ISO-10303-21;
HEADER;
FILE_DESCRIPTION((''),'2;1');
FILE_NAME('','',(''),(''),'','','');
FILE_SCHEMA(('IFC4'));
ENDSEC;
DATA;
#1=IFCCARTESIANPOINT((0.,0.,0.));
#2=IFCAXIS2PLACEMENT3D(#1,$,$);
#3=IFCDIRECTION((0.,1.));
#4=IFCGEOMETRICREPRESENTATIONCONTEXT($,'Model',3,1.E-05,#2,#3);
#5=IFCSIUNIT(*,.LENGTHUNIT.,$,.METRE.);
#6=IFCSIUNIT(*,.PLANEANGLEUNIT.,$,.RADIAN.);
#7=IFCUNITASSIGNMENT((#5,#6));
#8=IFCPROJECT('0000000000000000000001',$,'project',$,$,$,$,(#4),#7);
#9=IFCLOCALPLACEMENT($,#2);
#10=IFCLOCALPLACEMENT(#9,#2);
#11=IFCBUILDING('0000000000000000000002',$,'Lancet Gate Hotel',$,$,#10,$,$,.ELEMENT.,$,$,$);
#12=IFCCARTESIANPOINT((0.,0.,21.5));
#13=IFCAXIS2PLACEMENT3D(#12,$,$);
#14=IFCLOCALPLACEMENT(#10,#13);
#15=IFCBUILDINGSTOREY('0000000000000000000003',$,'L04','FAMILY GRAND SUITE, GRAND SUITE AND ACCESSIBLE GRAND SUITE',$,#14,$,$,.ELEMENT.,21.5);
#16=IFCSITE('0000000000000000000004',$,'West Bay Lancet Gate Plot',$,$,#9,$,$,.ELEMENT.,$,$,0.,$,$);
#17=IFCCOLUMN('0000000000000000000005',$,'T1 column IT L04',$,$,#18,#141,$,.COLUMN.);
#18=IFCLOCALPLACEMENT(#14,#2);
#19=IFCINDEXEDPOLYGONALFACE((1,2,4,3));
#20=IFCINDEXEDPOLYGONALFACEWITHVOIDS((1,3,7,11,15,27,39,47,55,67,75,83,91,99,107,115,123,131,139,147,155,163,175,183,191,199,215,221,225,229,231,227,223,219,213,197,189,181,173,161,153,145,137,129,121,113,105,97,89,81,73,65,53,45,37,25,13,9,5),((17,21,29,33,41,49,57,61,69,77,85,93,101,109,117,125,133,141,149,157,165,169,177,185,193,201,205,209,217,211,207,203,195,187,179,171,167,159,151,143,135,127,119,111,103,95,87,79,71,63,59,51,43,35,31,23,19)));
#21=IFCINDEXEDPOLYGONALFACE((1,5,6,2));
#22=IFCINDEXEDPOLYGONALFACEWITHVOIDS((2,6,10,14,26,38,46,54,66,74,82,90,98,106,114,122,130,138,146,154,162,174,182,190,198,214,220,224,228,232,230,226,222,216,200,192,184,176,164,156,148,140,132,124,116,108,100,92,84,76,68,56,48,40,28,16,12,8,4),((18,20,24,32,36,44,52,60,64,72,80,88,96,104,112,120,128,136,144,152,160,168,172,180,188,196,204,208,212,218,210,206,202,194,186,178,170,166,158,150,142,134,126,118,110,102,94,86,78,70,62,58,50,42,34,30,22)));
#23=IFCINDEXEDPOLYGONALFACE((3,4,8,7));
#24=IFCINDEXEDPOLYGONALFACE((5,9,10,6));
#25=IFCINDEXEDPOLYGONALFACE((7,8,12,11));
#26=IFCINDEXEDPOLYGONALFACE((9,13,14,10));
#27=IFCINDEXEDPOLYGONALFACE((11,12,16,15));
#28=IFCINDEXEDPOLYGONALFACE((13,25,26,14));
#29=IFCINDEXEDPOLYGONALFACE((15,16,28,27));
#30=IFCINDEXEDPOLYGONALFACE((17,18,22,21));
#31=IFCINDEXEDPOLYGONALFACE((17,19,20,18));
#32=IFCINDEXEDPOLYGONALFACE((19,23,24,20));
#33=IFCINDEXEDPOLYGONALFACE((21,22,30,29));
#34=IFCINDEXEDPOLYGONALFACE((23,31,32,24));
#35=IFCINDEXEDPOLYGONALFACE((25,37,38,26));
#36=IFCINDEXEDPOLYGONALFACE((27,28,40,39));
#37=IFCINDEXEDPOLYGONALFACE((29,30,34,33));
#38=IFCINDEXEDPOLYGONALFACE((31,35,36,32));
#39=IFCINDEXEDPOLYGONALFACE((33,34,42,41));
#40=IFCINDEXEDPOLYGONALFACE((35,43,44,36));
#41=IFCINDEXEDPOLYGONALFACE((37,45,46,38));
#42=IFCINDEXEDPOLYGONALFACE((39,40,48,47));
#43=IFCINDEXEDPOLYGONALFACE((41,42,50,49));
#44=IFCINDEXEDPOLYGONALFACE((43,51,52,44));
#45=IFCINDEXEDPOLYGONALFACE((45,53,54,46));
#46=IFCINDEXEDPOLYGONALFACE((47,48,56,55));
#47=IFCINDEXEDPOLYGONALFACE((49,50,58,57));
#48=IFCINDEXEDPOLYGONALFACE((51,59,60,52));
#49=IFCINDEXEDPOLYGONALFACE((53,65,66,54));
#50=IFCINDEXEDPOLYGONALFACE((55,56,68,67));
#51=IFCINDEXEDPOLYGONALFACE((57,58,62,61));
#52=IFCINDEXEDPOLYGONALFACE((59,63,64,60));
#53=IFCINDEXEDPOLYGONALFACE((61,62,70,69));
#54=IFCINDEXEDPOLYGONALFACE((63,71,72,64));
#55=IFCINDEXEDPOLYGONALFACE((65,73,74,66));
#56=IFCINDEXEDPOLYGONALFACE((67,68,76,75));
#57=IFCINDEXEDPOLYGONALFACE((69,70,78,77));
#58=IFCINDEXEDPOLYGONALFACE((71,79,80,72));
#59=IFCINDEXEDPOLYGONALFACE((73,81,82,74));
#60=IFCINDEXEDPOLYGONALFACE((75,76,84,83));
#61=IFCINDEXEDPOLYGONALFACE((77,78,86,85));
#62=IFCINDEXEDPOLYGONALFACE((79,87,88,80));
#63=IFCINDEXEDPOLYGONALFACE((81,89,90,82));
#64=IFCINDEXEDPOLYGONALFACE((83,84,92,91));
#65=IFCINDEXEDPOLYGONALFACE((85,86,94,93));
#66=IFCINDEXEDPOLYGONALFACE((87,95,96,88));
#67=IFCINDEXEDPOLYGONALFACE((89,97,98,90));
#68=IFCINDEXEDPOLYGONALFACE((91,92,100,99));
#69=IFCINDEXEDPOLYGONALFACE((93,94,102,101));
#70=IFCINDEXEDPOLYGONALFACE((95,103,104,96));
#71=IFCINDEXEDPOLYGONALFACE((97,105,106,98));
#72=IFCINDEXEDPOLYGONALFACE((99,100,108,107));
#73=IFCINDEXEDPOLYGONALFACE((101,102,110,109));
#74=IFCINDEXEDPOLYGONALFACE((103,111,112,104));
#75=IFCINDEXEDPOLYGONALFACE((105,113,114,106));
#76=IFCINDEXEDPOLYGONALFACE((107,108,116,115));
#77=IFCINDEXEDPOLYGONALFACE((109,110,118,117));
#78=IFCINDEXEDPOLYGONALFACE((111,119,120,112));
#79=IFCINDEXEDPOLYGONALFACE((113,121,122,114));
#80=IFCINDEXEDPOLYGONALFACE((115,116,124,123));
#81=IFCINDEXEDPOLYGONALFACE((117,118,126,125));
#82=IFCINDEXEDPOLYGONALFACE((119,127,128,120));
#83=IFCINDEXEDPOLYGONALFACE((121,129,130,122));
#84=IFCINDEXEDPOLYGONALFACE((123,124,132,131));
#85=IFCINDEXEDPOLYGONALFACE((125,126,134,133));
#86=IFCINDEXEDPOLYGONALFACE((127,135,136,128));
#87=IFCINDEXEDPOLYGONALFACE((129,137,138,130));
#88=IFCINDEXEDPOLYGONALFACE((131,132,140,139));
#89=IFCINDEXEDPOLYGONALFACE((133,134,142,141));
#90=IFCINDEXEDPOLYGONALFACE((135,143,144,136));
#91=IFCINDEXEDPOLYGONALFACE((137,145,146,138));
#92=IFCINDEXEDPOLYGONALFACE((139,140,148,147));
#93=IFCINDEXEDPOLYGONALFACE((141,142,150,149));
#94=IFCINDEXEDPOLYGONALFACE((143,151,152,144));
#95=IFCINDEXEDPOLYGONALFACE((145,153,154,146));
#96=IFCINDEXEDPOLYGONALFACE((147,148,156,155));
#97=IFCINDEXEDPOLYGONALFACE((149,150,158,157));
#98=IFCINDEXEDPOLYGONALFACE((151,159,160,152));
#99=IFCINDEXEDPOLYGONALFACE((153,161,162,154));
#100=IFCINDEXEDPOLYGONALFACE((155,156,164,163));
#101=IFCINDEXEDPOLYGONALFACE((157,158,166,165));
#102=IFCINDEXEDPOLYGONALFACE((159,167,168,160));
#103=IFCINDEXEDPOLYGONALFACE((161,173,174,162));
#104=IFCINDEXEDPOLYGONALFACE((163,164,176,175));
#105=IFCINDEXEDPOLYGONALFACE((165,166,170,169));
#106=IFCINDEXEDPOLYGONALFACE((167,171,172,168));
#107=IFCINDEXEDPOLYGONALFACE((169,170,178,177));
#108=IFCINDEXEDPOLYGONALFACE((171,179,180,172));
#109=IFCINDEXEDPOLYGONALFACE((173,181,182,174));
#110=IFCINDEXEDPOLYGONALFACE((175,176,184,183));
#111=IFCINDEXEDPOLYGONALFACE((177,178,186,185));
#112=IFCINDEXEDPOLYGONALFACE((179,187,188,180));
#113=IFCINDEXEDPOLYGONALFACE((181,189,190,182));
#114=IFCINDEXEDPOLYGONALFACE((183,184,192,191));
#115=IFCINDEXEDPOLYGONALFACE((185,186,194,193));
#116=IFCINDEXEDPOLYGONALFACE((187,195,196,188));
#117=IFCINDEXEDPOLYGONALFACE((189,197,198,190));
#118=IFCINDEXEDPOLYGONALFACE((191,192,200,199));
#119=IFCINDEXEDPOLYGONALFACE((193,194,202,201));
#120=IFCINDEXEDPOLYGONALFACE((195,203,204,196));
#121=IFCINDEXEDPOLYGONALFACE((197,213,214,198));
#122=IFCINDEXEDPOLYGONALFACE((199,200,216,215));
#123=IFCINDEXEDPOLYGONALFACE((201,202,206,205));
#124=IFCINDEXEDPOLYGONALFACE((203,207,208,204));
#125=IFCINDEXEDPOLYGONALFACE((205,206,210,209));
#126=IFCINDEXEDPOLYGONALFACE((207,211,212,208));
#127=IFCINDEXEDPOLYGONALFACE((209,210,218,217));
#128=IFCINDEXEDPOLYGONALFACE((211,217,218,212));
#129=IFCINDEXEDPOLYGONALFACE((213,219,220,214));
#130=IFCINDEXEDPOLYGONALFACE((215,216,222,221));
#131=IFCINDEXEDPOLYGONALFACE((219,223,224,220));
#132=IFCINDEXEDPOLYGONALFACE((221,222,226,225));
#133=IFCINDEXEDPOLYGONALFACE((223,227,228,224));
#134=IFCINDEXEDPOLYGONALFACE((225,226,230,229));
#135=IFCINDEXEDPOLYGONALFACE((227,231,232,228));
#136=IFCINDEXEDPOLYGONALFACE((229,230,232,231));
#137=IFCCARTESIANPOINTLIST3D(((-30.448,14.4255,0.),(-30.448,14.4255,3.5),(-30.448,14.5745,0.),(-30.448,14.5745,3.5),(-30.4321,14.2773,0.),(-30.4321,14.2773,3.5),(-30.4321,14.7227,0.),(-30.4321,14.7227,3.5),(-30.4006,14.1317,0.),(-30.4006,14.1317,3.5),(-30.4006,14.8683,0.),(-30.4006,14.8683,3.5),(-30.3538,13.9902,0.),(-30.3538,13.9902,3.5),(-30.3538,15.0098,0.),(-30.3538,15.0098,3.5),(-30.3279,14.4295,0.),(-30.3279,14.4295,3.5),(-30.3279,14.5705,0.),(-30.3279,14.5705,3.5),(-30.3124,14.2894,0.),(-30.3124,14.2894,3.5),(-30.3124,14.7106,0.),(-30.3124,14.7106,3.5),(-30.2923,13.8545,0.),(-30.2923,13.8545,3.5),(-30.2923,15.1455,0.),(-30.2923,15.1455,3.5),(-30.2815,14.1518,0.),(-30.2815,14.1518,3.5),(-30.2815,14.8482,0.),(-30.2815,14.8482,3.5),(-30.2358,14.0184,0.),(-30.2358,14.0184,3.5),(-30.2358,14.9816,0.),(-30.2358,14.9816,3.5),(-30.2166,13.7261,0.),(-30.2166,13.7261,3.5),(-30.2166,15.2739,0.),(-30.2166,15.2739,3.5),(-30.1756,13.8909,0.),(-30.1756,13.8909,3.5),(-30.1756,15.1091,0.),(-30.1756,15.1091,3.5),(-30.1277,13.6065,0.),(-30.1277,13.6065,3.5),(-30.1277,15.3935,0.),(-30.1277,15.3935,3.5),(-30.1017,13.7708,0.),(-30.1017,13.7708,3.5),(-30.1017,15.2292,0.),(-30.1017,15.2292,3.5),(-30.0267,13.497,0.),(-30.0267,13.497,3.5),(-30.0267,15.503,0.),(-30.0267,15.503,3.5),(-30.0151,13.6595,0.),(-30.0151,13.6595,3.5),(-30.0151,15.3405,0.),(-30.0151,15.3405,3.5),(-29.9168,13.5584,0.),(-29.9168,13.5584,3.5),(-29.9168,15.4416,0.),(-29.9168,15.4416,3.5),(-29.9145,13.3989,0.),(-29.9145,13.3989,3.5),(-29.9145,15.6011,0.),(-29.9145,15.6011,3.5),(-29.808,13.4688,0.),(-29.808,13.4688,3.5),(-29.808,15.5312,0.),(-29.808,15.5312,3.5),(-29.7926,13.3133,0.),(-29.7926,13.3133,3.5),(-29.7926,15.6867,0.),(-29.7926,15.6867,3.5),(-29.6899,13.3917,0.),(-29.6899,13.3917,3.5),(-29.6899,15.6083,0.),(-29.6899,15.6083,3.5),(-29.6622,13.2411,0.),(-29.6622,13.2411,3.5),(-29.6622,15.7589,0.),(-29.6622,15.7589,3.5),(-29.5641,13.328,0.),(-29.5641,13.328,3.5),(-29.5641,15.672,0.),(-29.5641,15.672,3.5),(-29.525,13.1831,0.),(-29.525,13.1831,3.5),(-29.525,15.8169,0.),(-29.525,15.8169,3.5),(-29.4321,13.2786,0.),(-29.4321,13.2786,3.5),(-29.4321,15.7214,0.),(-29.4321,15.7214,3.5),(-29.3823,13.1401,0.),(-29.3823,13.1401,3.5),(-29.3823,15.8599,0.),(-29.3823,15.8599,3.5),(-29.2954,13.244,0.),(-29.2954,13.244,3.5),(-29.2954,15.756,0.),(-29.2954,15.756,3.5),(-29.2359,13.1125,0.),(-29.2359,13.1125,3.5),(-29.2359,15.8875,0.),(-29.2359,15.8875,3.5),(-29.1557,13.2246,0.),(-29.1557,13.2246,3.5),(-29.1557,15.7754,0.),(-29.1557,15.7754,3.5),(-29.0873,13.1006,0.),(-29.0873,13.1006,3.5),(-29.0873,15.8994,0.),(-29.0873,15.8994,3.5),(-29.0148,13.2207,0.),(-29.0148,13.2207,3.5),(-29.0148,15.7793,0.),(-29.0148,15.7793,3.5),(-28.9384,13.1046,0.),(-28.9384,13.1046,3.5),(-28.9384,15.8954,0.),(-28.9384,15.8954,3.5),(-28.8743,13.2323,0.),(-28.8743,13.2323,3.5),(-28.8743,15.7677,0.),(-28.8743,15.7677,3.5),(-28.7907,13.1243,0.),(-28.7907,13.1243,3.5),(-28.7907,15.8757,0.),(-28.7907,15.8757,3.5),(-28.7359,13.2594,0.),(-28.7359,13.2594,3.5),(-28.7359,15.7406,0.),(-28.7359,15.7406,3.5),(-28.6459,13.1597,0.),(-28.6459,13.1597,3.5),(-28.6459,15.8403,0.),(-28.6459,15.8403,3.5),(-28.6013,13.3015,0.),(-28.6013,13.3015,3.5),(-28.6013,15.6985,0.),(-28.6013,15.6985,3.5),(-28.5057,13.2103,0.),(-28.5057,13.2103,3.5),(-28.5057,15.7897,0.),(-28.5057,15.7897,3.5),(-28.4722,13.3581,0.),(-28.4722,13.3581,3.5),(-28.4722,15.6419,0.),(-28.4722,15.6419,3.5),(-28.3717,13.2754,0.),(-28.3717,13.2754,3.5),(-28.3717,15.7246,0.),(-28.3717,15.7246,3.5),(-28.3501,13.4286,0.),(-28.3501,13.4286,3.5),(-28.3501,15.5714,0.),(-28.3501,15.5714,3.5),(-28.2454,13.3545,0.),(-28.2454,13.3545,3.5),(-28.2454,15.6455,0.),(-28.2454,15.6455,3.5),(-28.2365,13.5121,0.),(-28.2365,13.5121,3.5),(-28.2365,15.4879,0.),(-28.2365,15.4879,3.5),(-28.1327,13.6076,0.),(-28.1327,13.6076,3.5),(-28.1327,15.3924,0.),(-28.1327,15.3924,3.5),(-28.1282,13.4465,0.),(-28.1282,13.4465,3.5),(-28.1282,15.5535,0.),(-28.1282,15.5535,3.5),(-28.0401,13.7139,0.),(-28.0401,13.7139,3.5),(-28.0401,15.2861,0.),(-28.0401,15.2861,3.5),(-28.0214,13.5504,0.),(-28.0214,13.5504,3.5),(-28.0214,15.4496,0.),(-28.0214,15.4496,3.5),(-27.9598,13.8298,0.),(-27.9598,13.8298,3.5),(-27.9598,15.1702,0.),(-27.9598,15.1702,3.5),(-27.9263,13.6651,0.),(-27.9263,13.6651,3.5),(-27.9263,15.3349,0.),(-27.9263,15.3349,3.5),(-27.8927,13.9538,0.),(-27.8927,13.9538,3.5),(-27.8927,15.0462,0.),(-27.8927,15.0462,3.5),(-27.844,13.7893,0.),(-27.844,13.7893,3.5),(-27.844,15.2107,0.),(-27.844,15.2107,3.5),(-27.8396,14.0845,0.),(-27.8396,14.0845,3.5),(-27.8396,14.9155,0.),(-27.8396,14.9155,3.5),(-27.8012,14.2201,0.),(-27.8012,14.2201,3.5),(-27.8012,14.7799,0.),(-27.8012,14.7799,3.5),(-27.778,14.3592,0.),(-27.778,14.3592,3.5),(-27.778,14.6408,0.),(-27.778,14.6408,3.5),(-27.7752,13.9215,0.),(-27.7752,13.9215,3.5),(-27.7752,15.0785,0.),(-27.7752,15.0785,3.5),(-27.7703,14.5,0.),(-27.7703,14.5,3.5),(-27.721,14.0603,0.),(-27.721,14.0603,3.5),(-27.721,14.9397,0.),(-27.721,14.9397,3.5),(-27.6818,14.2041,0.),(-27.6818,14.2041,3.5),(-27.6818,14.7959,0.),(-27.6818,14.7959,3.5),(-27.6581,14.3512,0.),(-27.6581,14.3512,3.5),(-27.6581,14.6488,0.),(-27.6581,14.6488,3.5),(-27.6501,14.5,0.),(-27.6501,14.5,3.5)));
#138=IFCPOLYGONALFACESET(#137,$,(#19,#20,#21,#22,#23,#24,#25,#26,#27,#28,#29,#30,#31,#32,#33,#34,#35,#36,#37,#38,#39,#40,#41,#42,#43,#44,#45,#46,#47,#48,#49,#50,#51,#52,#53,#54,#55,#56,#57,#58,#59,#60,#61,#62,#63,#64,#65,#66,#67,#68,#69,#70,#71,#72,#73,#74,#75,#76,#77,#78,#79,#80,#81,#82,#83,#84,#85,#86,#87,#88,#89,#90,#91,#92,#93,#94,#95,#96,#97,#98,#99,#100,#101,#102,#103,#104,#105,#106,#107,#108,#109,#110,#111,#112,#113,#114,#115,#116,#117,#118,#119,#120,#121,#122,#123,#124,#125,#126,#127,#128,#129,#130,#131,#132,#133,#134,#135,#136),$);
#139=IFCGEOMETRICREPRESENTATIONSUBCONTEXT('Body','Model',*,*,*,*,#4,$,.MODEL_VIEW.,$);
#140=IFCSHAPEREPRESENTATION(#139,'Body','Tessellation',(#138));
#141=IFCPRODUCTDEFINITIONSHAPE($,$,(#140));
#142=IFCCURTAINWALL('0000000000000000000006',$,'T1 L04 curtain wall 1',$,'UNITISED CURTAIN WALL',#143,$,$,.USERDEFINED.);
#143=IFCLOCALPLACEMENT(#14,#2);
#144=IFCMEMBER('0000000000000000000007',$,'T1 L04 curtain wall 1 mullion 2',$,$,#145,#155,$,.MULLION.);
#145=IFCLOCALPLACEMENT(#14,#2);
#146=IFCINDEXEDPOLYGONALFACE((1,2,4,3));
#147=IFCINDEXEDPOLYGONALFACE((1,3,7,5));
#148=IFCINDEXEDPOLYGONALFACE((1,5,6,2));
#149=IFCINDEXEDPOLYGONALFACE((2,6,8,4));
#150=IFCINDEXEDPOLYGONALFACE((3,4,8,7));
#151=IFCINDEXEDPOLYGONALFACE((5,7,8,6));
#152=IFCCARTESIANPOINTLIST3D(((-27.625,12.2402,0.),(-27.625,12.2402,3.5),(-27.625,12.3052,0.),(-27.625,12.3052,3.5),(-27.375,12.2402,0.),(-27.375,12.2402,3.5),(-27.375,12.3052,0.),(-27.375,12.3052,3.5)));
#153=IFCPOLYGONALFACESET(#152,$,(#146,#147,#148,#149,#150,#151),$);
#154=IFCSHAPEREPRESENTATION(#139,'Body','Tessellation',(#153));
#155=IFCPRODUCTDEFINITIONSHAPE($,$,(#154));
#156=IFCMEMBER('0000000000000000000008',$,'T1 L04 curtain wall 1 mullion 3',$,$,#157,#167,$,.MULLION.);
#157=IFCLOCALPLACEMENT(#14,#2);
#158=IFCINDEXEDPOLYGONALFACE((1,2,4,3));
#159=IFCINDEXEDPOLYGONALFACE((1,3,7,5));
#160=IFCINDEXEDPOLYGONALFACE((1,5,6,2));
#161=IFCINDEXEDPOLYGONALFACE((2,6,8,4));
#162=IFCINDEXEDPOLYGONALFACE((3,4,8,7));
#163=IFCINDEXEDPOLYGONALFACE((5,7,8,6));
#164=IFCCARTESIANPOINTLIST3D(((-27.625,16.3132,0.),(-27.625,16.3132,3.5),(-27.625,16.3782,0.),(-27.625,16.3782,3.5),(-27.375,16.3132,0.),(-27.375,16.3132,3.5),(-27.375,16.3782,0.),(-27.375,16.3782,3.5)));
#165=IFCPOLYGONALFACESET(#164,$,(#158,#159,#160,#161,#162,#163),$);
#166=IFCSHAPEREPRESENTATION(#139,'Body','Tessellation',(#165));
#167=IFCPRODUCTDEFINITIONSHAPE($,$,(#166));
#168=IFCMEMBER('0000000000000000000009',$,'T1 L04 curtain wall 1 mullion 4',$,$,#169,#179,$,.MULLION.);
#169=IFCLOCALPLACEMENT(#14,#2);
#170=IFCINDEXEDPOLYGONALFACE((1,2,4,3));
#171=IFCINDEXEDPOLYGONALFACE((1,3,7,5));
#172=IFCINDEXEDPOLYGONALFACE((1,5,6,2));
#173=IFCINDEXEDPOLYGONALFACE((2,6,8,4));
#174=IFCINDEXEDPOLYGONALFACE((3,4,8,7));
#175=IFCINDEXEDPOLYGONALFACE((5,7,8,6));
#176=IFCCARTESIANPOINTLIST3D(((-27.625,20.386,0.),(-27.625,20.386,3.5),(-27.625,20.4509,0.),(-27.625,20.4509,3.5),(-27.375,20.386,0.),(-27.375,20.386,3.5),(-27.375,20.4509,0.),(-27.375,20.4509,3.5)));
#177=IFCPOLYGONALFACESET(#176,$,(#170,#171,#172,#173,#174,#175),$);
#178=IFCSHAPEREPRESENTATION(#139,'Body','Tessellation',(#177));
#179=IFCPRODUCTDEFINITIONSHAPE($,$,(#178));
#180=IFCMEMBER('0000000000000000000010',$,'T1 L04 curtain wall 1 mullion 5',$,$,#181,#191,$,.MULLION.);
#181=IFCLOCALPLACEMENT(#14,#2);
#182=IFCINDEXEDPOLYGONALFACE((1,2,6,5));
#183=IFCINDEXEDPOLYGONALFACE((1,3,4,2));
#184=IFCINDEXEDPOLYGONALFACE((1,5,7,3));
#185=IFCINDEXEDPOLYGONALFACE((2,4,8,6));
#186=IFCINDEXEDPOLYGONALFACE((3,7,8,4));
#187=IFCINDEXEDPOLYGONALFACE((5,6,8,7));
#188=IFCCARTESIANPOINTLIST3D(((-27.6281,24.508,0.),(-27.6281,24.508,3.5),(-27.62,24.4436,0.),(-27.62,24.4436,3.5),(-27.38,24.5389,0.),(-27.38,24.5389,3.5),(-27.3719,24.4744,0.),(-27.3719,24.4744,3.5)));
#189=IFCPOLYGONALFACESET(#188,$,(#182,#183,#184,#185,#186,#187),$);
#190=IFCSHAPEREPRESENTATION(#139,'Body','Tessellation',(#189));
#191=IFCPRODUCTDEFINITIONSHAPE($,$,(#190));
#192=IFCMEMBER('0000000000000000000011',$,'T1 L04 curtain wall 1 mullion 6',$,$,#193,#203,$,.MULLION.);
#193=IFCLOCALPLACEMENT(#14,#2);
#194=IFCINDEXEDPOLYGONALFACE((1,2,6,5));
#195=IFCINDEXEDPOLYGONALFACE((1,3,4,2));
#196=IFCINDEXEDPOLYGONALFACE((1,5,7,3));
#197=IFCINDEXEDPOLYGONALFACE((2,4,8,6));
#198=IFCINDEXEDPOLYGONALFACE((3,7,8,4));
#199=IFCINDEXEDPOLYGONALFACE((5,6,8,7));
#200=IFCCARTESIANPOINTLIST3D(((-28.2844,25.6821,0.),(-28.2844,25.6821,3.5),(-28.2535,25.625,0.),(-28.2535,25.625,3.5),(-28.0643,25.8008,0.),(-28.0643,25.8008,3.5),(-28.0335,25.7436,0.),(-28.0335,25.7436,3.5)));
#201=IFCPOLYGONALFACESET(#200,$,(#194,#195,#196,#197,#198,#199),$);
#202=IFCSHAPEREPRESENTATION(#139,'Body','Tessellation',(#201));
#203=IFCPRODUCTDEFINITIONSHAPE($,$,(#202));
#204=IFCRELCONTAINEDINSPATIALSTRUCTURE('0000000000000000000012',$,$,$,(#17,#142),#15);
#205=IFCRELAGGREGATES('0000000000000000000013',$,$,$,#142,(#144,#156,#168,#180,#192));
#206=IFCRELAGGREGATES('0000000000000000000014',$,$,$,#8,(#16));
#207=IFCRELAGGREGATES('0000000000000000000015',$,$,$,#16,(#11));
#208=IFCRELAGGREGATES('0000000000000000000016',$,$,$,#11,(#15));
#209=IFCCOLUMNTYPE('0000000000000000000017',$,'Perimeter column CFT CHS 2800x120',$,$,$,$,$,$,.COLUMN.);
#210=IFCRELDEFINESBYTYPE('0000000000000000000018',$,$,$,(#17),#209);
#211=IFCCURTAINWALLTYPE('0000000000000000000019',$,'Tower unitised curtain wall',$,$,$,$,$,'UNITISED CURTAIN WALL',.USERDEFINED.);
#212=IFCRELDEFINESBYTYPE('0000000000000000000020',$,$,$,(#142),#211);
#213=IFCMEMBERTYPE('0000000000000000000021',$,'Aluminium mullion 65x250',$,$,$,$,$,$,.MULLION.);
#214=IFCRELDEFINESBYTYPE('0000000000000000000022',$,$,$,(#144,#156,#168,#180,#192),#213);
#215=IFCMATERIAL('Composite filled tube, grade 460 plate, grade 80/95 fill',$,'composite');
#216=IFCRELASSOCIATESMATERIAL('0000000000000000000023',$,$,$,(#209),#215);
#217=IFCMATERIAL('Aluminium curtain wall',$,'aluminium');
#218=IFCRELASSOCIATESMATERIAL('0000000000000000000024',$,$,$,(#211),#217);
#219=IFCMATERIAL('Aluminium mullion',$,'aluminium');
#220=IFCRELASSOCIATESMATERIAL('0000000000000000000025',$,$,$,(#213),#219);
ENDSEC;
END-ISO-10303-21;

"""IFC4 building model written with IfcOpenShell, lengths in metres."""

from ifc_helpers import new_model, si_unit, direction, frame, origin, origin_2d, place, context, subcontext, project, spatial, rectangle, hollow_circle, extrude, material, material_profile, profile_set, type_object, element, aggregate, save


model = new_model("IFC4")

# Units and contexts
model_context = context("Model", 3, precision=1e-05, world=origin(), true_north=direction((0.0, 1.0)))
body_context = subcontext(model_context, "Body", "Model", "MODEL_VIEW")
ifc_project = project(units=[si_unit("LENGTHUNIT", "METRE"), si_unit("PLANEANGLEUNIT", "RADIAN")], contexts=[model_context])

# Site, building, storey
site_placement = place(None, origin())
site = spatial("IfcSite", under=ifc_project, at=site_placement, Name="West Bay Lancet Gate Plot", CompositionType="ELEMENT", RefElevation=0.0)
building_placement = place(site_placement, origin())
building = spatial("IfcBuilding", under=site, at=building_placement, Name="Lancet Gate Hotel", CompositionType="ELEMENT")
storey_placement = place(building_placement, frame((0.0, 0.0, 21.5)))
storey = spatial("IfcBuildingStorey", under=building, at=storey_placement, Name="L04", Description="FAMILY GRAND SUITE, GRAND SUITE AND ACCESSIBLE GRAND SUITE", CompositionType="ELEMENT", Elevation=21.5)

# Column
ifc_material_1 = material(Name="Composite filled tube, grade 460 plate, grade 80/95 fill", Category="composite")
ifc_material_profile_1 = material_profile(ifc_material_1, hollow_circle(Radius=1.3999, WallThickness=0.1201, at=origin_2d()), Name="CHS 2800x120")
ifc_profile_set_1 = profile_set([ifc_material_profile_1], Name="Composite filled tube, grade 460 plate, grade 80/95 fill")
column_type = type_object("IfcColumnType", Name="Perimeter column CFT CHS 2800x120", PredefinedType="COLUMN", material=ifc_profile_set_1)
for number, where, z_axis, x_axis, name in (
    (1, (-29.05, 14.5, 0.0), (0.0, 0.0, 1.0), (1.0, 0.0, 0.0), "T1 column IT L04"),
):
    element("IfcColumn", number, at=place(storey_placement, frame(where, z_axis=z_axis, x_axis=x_axis)), inside=storey, type_object=column_type, Name=name, PredefinedType="COLUMN", context=body_context, shape_type="SweptSolid", body=[
        extrude(hollow_circle(Radius=1.3999, WallThickness=0.1201, at=origin_2d()), origin(), (0.0, 0.0, 1.0), 3.5),
    ])

# Curtain wall, members
ifc_material_2 = material(Name="Aluminium curtain wall", Category="aluminium")
curtain_wall_type = type_object("IfcCurtainWallType", Name="Tower unitised curtain wall", ElementType="UNITISED CURTAIN WALL", PredefinedType="USERDEFINED", material=ifc_material_2)
curtain_wall_placement = place(storey_placement, origin())
curtain_wall = element("IfcCurtainWall", 2, at=curtain_wall_placement, inside=storey, type_object=curtain_wall_type, Name="T1 L04 curtain wall 1", ObjectType="UNITISED CURTAIN WALL", PredefinedType="USERDEFINED")
ifc_material_3 = material(Name="Aluminium mullion", Category="aluminium")
ifc_material_profile_2 = material_profile(ifc_material_3, rectangle(XDim=0.0649, YDim=0.25, at=origin_2d()), Name="MULLION 65x250")
ifc_profile_set_2 = profile_set([ifc_material_profile_2], Name="Aluminium mullion")
member_type_1 = type_object("IfcMemberType", Name="Aluminium mullion 65x250", PredefinedType="MULLION", material=ifc_profile_set_2)
member_1_placement = place(storey_placement, frame((-27.5, 12.2727, 0.0), z_axis=(0.0, 0.0, 1.0), x_axis=(0.0, 1.0, 0.0)))
member_1 = element("IfcMember", 3, at=member_1_placement, type_object=member_type_1, Name="T1 L04 curtain wall 1 mullion 2", PredefinedType="MULLION", context=body_context, shape_type="SweptSolid", body=[
    extrude(rectangle(XDim=0.0649, YDim=0.25, at=origin_2d()), origin(), (0.0, 0.0, 1.0), 3.5),
])
member_2_placement = place(storey_placement, frame((-27.5, 16.3457, 0.0), z_axis=(0.0, 0.0, 1.0), x_axis=(0.0, 1.0, 0.0)))
member_2 = element("IfcMember", 4, at=member_2_placement, type_object=member_type_1, Name="T1 L04 curtain wall 1 mullion 3", PredefinedType="MULLION", context=body_context, shape_type="SweptSolid", body=[
    extrude(rectangle(XDim=0.0649, YDim=0.25, at=origin_2d()), origin(), (0.0, 0.0, 1.0), 3.5),
])
member_3_placement = place(storey_placement, frame((-27.5, 20.4185, 0.0), z_axis=(0.0, 0.0, 1.0), x_axis=(0.0, 1.0, 0.0)))
member_3 = element("IfcMember", 5, at=member_3_placement, type_object=member_type_1, Name="T1 L04 curtain wall 1 mullion 4", PredefinedType="MULLION", context=body_context, shape_type="SweptSolid", body=[
    extrude(rectangle(XDim=0.0649, YDim=0.25, at=origin_2d()), origin(), (0.0, 0.0, 1.0), 3.5),
])
member_4_placement = place(storey_placement, frame((-27.5, 24.4912, 0.0), z_axis=(0.0, 0.0, 1.0), x_axis=(-0.123483, 0.992347, 0.0)))
member_4 = element("IfcMember", 6, at=member_4_placement, type_object=member_type_1, Name="T1 L04 curtain wall 1 mullion 5", PredefinedType="MULLION", context=body_context, shape_type="SweptSolid", body=[
    extrude(rectangle(XDim=0.0649, YDim=0.25, at=origin_2d()), origin(), (0.0, 0.0, 1.0), 3.5),
])
member_5_placement = place(storey_placement, frame((-28.1589, 25.7129, 0.0), z_axis=(0.0, 0.0, 1.0), x_axis=(-0.474631, 0.880185, 0.0)))
member_5 = element("IfcMember", 7, at=member_5_placement, type_object=member_type_1, Name="T1 L04 curtain wall 1 mullion 6", PredefinedType="MULLION", context=body_context, shape_type="SweptSolid", body=[
    extrude(rectangle(XDim=0.0649, YDim=0.25, at=origin_2d()), origin(), (0.0, 0.0, 1.0), 3.5),
])

aggregate(curtain_wall, [member_1, member_2, member_3, member_4, member_5])

save(model, "model.ifc")
